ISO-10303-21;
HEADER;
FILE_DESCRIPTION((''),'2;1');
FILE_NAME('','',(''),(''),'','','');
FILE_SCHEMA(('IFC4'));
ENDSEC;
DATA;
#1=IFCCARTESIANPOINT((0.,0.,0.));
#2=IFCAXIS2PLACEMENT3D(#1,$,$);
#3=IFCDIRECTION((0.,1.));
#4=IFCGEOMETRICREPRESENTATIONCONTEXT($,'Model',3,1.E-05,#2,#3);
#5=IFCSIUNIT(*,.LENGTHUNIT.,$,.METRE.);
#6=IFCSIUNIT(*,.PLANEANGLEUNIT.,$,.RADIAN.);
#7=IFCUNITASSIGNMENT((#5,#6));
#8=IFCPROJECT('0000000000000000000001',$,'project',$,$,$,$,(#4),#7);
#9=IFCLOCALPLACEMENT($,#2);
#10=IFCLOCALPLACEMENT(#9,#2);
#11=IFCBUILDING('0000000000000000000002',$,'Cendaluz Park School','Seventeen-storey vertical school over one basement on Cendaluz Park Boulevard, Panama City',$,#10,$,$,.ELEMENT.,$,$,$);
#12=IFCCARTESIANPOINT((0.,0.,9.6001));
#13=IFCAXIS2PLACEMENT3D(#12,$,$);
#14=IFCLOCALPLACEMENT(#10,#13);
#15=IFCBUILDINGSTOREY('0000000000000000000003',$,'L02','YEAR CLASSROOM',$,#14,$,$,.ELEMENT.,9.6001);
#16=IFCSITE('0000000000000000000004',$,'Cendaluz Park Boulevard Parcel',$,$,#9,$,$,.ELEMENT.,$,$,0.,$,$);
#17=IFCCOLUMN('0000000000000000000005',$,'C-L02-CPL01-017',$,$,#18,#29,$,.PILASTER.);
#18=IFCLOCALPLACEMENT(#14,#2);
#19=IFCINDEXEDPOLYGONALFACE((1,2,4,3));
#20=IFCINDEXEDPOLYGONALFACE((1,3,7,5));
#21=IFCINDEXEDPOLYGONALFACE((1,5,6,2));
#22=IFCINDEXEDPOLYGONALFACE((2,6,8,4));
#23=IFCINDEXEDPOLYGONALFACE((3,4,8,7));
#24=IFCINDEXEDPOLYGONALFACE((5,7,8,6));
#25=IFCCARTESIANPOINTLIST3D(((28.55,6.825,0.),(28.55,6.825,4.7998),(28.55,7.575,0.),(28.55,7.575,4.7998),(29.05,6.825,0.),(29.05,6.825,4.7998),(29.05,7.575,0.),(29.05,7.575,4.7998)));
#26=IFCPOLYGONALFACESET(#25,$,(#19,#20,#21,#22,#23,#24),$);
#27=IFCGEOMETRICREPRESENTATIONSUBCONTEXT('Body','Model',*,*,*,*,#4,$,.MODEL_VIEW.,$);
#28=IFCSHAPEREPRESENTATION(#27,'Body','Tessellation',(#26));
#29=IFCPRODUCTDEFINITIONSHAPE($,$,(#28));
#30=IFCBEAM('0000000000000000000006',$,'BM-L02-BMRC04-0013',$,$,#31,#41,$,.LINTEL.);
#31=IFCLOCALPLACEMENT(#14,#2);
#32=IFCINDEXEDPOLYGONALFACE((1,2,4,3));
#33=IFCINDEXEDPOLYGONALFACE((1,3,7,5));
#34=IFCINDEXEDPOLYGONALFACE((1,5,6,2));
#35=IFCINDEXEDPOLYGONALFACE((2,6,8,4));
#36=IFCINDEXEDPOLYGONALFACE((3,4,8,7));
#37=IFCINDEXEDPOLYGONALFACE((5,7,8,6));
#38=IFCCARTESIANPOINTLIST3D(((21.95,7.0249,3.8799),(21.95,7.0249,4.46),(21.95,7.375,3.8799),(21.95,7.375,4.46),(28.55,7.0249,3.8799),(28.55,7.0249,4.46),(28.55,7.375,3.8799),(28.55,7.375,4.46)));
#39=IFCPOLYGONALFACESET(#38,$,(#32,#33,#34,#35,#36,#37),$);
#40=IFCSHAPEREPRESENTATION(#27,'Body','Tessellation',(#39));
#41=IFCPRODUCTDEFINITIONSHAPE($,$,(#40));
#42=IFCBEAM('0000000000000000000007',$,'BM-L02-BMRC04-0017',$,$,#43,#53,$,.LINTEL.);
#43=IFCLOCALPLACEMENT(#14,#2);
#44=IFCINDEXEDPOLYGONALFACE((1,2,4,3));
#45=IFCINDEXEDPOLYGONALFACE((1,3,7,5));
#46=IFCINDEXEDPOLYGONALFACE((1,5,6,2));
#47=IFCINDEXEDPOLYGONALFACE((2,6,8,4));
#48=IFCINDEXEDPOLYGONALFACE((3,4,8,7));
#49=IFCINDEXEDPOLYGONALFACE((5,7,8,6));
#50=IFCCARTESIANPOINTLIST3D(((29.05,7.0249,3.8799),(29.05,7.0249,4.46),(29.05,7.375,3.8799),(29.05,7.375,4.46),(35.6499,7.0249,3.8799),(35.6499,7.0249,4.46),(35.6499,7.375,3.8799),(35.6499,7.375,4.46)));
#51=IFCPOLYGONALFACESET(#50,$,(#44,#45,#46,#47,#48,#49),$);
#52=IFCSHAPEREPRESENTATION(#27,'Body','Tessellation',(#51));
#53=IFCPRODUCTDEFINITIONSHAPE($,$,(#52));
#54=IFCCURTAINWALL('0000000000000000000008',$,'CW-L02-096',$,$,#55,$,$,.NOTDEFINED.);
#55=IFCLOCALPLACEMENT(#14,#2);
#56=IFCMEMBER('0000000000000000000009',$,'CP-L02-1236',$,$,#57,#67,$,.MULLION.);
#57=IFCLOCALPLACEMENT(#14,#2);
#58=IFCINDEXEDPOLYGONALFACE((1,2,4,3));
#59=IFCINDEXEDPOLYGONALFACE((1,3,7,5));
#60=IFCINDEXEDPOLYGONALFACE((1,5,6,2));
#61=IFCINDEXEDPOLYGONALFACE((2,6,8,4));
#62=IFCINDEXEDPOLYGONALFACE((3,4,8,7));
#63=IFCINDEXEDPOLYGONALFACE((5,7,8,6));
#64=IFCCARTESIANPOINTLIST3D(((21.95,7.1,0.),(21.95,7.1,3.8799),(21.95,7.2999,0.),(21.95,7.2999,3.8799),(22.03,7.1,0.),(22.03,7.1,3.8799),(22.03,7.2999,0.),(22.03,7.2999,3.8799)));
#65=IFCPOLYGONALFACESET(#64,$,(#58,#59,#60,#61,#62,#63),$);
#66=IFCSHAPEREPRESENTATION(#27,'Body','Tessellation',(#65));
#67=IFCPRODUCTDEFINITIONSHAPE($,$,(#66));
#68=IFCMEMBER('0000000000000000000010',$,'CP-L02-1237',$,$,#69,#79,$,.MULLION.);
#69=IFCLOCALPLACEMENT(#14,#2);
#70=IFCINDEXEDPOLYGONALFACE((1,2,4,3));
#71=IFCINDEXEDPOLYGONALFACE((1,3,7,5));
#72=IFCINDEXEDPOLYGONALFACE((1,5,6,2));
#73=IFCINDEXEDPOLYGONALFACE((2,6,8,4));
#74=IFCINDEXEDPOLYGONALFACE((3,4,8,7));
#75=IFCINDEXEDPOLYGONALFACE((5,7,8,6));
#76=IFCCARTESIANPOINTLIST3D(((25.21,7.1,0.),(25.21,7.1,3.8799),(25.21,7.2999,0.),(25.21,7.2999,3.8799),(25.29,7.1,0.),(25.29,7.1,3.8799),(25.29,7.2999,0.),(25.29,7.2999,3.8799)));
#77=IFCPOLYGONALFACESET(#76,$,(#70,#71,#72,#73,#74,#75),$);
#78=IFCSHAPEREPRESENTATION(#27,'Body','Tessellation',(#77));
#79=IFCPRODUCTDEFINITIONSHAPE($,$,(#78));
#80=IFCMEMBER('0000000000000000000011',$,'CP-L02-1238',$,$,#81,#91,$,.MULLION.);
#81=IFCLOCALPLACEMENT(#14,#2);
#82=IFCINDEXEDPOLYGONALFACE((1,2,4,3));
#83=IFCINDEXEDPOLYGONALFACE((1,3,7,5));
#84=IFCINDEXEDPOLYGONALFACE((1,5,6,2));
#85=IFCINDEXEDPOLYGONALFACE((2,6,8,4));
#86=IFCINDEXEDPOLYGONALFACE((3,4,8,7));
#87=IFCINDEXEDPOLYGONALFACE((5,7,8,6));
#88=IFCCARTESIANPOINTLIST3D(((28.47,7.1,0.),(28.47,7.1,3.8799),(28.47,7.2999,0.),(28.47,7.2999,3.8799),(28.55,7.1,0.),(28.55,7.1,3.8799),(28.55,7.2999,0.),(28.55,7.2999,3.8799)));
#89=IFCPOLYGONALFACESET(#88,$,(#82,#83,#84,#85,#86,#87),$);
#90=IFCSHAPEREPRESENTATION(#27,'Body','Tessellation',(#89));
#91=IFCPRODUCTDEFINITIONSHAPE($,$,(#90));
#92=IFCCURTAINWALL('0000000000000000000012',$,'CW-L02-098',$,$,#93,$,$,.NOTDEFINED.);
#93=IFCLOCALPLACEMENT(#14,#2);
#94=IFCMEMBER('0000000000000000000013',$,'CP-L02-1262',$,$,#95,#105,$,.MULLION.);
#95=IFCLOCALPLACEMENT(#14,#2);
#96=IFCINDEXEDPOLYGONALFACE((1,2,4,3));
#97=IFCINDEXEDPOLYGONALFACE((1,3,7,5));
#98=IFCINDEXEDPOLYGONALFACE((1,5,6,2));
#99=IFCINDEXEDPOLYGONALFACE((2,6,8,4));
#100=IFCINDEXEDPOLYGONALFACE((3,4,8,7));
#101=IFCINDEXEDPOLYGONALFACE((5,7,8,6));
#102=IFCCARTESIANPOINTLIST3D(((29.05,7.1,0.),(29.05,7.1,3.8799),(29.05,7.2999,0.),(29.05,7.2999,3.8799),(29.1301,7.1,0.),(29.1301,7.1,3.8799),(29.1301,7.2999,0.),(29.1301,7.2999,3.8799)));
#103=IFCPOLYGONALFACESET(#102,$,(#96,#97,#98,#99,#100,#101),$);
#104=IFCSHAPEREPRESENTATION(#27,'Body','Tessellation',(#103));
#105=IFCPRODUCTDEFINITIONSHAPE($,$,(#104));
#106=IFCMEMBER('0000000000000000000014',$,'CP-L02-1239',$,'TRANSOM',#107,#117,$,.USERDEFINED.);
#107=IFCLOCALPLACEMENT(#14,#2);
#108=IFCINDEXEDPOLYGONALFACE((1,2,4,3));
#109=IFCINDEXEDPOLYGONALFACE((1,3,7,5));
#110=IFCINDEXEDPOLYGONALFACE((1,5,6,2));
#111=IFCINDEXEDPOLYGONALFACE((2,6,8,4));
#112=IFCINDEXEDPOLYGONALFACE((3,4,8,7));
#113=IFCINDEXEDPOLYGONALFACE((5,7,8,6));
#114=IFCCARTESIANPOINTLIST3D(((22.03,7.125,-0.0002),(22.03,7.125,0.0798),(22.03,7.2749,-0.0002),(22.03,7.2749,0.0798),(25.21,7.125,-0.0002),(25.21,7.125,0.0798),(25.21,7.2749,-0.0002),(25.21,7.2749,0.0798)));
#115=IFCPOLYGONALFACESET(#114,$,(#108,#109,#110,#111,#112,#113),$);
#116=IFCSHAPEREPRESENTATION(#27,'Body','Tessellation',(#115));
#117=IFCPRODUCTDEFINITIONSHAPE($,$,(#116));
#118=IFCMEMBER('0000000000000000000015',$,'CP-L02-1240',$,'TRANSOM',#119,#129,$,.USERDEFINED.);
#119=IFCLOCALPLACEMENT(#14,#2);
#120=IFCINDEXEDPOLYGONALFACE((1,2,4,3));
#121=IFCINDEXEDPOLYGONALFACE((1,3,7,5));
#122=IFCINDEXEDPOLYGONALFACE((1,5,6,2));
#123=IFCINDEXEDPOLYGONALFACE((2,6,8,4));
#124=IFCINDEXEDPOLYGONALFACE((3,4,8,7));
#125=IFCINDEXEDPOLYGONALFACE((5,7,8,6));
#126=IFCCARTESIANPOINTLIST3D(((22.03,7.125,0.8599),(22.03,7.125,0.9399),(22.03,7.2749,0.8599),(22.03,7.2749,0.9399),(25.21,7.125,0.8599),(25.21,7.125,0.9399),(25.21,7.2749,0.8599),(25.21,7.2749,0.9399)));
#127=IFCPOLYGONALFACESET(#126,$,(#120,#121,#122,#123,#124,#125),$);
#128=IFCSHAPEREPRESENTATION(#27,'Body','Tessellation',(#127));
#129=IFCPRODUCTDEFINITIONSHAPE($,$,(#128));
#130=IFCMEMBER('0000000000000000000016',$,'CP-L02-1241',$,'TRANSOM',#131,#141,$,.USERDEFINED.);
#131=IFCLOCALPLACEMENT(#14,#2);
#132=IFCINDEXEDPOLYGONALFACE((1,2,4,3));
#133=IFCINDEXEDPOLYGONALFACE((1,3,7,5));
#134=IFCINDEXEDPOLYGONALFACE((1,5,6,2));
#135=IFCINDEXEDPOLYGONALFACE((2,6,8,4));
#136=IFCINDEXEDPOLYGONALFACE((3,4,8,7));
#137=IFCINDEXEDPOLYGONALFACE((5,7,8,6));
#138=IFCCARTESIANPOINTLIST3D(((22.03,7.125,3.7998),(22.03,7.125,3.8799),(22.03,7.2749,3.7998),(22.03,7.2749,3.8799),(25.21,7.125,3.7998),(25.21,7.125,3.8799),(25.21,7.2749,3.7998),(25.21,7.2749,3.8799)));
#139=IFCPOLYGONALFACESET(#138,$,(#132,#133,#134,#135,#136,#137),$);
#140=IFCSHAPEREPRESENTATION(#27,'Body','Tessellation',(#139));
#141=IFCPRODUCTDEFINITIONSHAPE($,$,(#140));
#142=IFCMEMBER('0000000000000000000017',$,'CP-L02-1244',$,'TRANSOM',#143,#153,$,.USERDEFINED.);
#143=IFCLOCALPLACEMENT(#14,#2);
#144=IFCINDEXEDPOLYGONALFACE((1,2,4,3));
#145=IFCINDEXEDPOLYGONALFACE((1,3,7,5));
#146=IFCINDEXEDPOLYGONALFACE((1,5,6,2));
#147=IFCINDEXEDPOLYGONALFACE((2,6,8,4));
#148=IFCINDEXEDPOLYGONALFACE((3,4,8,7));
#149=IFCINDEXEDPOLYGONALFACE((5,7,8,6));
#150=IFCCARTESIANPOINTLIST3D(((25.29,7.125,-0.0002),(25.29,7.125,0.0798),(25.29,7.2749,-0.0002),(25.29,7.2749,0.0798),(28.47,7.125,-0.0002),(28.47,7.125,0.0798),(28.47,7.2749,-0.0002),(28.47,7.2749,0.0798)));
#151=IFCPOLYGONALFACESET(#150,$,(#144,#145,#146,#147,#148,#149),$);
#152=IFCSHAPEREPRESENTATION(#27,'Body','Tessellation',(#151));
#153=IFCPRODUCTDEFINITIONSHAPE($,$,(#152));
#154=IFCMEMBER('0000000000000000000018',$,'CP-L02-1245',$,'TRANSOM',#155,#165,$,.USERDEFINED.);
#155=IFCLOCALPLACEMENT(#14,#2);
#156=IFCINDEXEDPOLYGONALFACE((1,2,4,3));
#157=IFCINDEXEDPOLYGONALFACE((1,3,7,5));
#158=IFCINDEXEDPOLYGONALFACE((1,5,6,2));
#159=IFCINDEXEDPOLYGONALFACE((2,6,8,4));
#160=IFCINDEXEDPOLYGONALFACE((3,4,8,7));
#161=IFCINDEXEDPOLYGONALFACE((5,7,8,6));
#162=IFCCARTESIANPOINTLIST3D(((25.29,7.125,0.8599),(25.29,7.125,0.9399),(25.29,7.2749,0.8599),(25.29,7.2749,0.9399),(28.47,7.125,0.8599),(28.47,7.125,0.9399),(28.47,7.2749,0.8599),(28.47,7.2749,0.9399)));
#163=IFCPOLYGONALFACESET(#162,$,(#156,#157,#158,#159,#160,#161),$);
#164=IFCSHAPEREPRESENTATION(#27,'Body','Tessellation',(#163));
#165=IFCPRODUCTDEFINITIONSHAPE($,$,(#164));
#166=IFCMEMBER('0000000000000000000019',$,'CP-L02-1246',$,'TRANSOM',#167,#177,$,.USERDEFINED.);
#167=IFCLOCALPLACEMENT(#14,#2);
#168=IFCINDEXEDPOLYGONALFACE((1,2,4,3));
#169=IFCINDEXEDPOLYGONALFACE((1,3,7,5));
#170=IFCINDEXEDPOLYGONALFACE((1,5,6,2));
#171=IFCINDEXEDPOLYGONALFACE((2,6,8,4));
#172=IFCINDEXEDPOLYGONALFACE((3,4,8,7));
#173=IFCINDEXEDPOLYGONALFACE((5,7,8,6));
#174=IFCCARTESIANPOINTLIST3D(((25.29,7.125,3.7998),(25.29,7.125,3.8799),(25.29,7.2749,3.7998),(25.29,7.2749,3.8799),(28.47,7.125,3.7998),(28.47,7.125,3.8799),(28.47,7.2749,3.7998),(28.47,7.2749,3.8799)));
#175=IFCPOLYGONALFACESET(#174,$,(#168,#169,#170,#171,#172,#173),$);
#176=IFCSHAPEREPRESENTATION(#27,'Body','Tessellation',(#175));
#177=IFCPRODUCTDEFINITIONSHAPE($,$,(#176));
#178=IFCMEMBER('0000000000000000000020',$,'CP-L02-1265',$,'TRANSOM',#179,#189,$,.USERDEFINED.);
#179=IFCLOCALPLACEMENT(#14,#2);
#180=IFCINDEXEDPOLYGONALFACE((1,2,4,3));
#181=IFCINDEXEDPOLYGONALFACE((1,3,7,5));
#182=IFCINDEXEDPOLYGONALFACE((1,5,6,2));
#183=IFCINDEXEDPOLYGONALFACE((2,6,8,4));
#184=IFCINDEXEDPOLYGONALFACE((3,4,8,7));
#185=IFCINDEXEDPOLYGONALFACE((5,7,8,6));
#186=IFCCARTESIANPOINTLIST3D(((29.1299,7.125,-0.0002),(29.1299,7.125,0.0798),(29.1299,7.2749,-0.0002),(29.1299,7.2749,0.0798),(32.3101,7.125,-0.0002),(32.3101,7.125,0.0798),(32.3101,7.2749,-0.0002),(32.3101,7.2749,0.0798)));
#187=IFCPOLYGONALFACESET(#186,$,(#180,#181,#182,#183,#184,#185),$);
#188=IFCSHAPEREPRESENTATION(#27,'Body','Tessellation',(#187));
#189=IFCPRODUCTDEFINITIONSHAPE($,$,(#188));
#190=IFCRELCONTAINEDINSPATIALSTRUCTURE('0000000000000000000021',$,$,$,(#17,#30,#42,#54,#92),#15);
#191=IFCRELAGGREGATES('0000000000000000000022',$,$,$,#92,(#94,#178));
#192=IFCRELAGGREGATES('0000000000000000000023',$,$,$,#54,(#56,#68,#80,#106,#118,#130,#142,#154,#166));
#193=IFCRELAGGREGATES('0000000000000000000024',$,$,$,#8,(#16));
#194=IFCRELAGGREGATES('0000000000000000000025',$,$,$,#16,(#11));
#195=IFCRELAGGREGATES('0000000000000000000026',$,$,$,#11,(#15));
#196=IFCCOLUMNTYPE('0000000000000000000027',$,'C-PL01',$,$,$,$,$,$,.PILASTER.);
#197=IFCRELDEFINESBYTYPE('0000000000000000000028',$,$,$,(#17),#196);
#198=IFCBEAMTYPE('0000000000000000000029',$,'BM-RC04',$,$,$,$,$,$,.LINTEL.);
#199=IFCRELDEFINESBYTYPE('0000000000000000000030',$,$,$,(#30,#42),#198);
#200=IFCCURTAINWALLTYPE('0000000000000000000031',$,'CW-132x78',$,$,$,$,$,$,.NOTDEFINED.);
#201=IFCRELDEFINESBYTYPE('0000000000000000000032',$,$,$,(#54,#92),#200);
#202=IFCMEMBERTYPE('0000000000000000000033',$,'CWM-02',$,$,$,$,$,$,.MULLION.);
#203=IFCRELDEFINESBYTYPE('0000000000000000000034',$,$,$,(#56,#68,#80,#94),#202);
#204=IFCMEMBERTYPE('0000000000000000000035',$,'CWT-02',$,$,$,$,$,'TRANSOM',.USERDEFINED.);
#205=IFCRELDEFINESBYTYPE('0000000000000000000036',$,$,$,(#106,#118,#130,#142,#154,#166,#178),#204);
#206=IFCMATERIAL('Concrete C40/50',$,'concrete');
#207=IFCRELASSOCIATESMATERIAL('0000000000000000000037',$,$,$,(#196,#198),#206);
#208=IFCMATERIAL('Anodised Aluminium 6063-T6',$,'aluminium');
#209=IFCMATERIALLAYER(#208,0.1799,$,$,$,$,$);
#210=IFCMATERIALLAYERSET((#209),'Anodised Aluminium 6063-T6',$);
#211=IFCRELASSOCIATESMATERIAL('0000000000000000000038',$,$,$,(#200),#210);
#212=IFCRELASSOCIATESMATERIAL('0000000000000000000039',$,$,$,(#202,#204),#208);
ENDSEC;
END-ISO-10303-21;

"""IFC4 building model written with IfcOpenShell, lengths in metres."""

from ifc_helpers import new_model, si_unit, direction, frame, origin, origin_2d, place, context, subcontext, project, spatial, rectangle, extrude, material, layer, layer_set, material_profile, profile_set, type_object, element, aggregate, save


model = new_model("IFC4")

# Units and contexts
model_context = context("Model", 3, precision=1e-05, world=origin(), true_north=direction((0.0, 1.0)))
body_context = subcontext(model_context, "Body", "Model", "MODEL_VIEW")
ifc_project = project(units=[si_unit("LENGTHUNIT", "METRE"), si_unit("PLANEANGLEUNIT", "RADIAN")], contexts=[model_context])

# Site, building, storey
site_placement = place(None, origin())
site = spatial("IfcSite", under=ifc_project, at=site_placement, Name="Cendaluz Park Boulevard Parcel", CompositionType="ELEMENT", RefElevation=0.0)
building_placement = place(site_placement, origin())
building = spatial("IfcBuilding", under=site, at=building_placement, Name="Cendaluz Park School", Description="Seventeen-storey vertical school over one basement on Cendaluz Park Boulevard, Panama City", CompositionType="ELEMENT")
storey_placement = place(building_placement, frame((0.0, 0.0, 9.6001)))
storey = spatial("IfcBuildingStorey", under=building, at=storey_placement, Name="L02", Description="YEAR CLASSROOM", CompositionType="ELEMENT", Elevation=9.6001)

# Column
ifc_material_1 = material(Name="Concrete C40/50", Category="concrete")
ifc_material_profile_1 = material_profile(ifc_material_1, rectangle(XDim=0.5, YDim=0.75, at=origin_2d()), Name="RC 500x750", Category="concrete")
ifc_profile_set_1 = profile_set([ifc_material_profile_1], Name="Concrete C40/50")
column_type = type_object("IfcColumnType", Name="C-PL01", PredefinedType="PILASTER", material=ifc_profile_set_1)
column_placement = place(storey_placement, frame((28.8, 7.2, 0.0), z_axis=(0.0, 0.0, 1.0), x_axis=(1.0, 0.0, 0.0)))
element("IfcColumn", 1, at=column_placement, inside=storey, type_object=column_type, Name="C-L02-CPL01-017", PredefinedType="PILASTER", context=body_context, shape_type="SweptSolid", body=[
    extrude(rectangle(XDim=0.5, YDim=0.75, at=origin_2d()), origin(), (0.0, 0.0, 1.0), 4.7998),
])

# Beams
ifc_material_profile_2 = material_profile(ifc_material_1, rectangle(XDim=0.3501, YDim=0.5801, at=origin_2d()), Name="RC 350x580", Category="concrete")
ifc_profile_set_2 = profile_set([ifc_material_profile_2], Name="Concrete C40/50")
beam_type = type_object("IfcBeamType", Name="BM-RC04", PredefinedType="LINTEL", material=ifc_profile_set_2)
beam_1_placement = place(storey_placement, frame((21.95, 7.2, 4.1699), z_axis=(1.0, 0.0, 0.0), x_axis=(0.0, 1.0, 0.0)))
element("IfcBeam", 2, at=beam_1_placement, inside=storey, type_object=beam_type, Name="BM-L02-BMRC04-0013", PredefinedType="LINTEL", context=body_context, shape_type="SweptSolid", body=[
    extrude(rectangle(XDim=0.3501, YDim=0.5801, at=origin_2d()), origin(), (0.0, 0.0, 1.0), 6.6001),
])
beam_2_placement = place(storey_placement, frame((29.05, 7.2, 4.1699), z_axis=(1.0, 0.0, 0.0), x_axis=(0.0, 1.0, 0.0)))
element("IfcBeam", 3, at=beam_2_placement, inside=storey, type_object=beam_type, Name="BM-L02-BMRC04-0017", PredefinedType="LINTEL", context=body_context, shape_type="SweptSolid", body=[
    extrude(rectangle(XDim=0.3501, YDim=0.5801, at=origin_2d()), origin(), (0.0, 0.0, 1.0), 6.5999),
])

# Curtain wall, members
ifc_material_2 = material(Name="Anodised Aluminium 6063-T6", Category="aluminium")
ifc_layer_1 = layer(ifc_material_2, 0.1799)
ifc_layer_set_1 = layer_set([ifc_layer_1], Name="Anodised Aluminium 6063-T6")
curtain_wall_type = type_object("IfcCurtainWallType", Name="CW-132x78", PredefinedType="NOTDEFINED", material=ifc_layer_set_1)
curtain_wall_1_placement = place(storey_placement, origin())
curtain_wall_1 = element("IfcCurtainWall", 4, at=curtain_wall_1_placement, inside=storey, type_object=curtain_wall_type, Name="CW-L02-096", PredefinedType="NOTDEFINED")
ifc_material_profile_3 = material_profile(ifc_material_2, rectangle(XDim=0.2, YDim=0.0801, at=origin_2d()), Name="CWM 200x80", Category="aluminium")
ifc_profile_set_3 = profile_set([ifc_material_profile_3], Name="Anodised Aluminium 6063-T6")
member_type_1 = type_object("IfcMemberType", Name="CWM-02", PredefinedType="MULLION", material=ifc_profile_set_3)
member_1_placement = place(storey_placement, frame((21.99, 7.2, 0.0), z_axis=(0.0, 0.0, 1.0), x_axis=(0.0, 1.0, 0.0)))
member_1 = element("IfcMember", 5, at=member_1_placement, type_object=member_type_1, Name="CP-L02-1236", PredefinedType="MULLION", context=body_context, shape_type="SweptSolid", body=[
    extrude(rectangle(XDim=0.2, YDim=0.0801, at=origin_2d()), origin(), (0.0, 0.0, 1.0), 3.8799),
])
member_2_placement = place(storey_placement, frame((25.25, 7.2, 0.0), z_axis=(0.0, 0.0, 1.0), x_axis=(0.0, 1.0, 0.0)))
member_2 = element("IfcMember", 6, at=member_2_placement, type_object=member_type_1, Name="CP-L02-1237", PredefinedType="MULLION", context=body_context, shape_type="SweptSolid", body=[
    extrude(rectangle(XDim=0.2, YDim=0.0801, at=origin_2d()), origin(), (0.0, 0.0, 1.0), 3.8799),
])
member_3_placement = place(storey_placement, frame((28.51, 7.2, 0.0), z_axis=(0.0, 0.0, 1.0), x_axis=(0.0, 1.0, 0.0)))
member_3 = element("IfcMember", 7, at=member_3_placement, type_object=member_type_1, Name="CP-L02-1238", PredefinedType="MULLION", context=body_context, shape_type="SweptSolid", body=[
    extrude(rectangle(XDim=0.2, YDim=0.0801, at=origin_2d()), origin(), (0.0, 0.0, 1.0), 3.8799),
])

# Curtain wall, member
curtain_wall_2_placement = place(storey_placement, origin())
curtain_wall_2 = element("IfcCurtainWall", 8, at=curtain_wall_2_placement, inside=storey, type_object=curtain_wall_type, Name="CW-L02-098", PredefinedType="NOTDEFINED")
member_4_placement = place(storey_placement, frame((29.0901, 7.2, 0.0), z_axis=(0.0, 0.0, 1.0), x_axis=(0.0, 1.0, 0.0)))
member_4 = element("IfcMember", 9, at=member_4_placement, type_object=member_type_1, Name="CP-L02-1262", PredefinedType="MULLION", context=body_context, shape_type="SweptSolid", body=[
    extrude(rectangle(XDim=0.2, YDim=0.0801, at=origin_2d()), origin(), (0.0, 0.0, 1.0), 3.8799),
])

# Members
ifc_material_profile_4 = material_profile(ifc_material_2, rectangle(XDim=0.1499, YDim=0.0801, at=origin_2d()), Name="CWT 150x80", Category="aluminium")
ifc_profile_set_4 = profile_set([ifc_material_profile_4], Name="Anodised Aluminium 6063-T6")
member_type_2 = type_object("IfcMemberType", Name="CWT-02", ElementType="TRANSOM", PredefinedType="USERDEFINED", material=ifc_profile_set_4)
member_5_placement = place(storey_placement, frame((22.03, 7.2, 0.0398), z_axis=(1.0, 0.0, 0.0), x_axis=(0.0, 1.0, 0.0)))
member_5 = element("IfcMember", 10, at=member_5_placement, type_object=member_type_2, Name="CP-L02-1239", ObjectType="TRANSOM", PredefinedType="USERDEFINED", context=body_context, shape_type="SweptSolid", body=[
    extrude(rectangle(XDim=0.1499, YDim=0.0801, at=origin_2d()), origin(), (0.0, 0.0, 1.0), 3.1799),
])
member_6_placement = place(storey_placement, frame((22.03, 7.2, 0.8999), z_axis=(1.0, 0.0, 0.0), x_axis=(0.0, 1.0, 0.0)))
member_6 = element("IfcMember", 11, at=member_6_placement, type_object=member_type_2, Name="CP-L02-1240", ObjectType="TRANSOM", PredefinedType="USERDEFINED", context=body_context, shape_type="SweptSolid", body=[
    extrude(rectangle(XDim=0.1499, YDim=0.0801, at=origin_2d()), origin(), (0.0, 0.0, 1.0), 3.1799),
])
member_7_placement = place(storey_placement, frame((22.03, 7.2, 3.8398), z_axis=(1.0, 0.0, 0.0), x_axis=(0.0, 1.0, 0.0)))
member_7 = element("IfcMember", 12, at=member_7_placement, type_object=member_type_2, Name="CP-L02-1241", ObjectType="TRANSOM", PredefinedType="USERDEFINED", context=body_context, shape_type="SweptSolid", body=[
    extrude(rectangle(XDim=0.1499, YDim=0.0801, at=origin_2d()), origin(), (0.0, 0.0, 1.0), 3.1799),
])
member_8_placement = place(storey_placement, frame((25.29, 7.2, 0.0398), z_axis=(1.0, 0.0, 0.0), x_axis=(0.0, 1.0, 0.0)))
member_8 = element("IfcMember", 13, at=member_8_placement, type_object=member_type_2, Name="CP-L02-1244", ObjectType="TRANSOM", PredefinedType="USERDEFINED", context=body_context, shape_type="SweptSolid", body=[
    extrude(rectangle(XDim=0.1499, YDim=0.0801, at=origin_2d()), origin(), (0.0, 0.0, 1.0), 3.1799),
])
member_9_placement = place(storey_placement, frame((25.29, 7.2, 0.8999), z_axis=(1.0, 0.0, 0.0), x_axis=(0.0, 1.0, 0.0)))
member_9 = element("IfcMember", 14, at=member_9_placement, type_object=member_type_2, Name="CP-L02-1245", ObjectType="TRANSOM", PredefinedType="USERDEFINED", context=body_context, shape_type="SweptSolid", body=[
    extrude(rectangle(XDim=0.1499, YDim=0.0801, at=origin_2d()), origin(), (0.0, 0.0, 1.0), 3.1799),
])
member_10_placement = place(storey_placement, frame((25.29, 7.2, 3.8398), z_axis=(1.0, 0.0, 0.0), x_axis=(0.0, 1.0, 0.0)))
member_10 = element("IfcMember", 15, at=member_10_placement, type_object=member_type_2, Name="CP-L02-1246", ObjectType="TRANSOM", PredefinedType="USERDEFINED", context=body_context, shape_type="SweptSolid", body=[
    extrude(rectangle(XDim=0.1499, YDim=0.0801, at=origin_2d()), origin(), (0.0, 0.0, 1.0), 3.1799),
])
member_11_placement = place(storey_placement, frame((29.1299, 7.2, 0.0398), z_axis=(1.0, 0.0, 0.0), x_axis=(0.0, 1.0, 0.0)))
member_11 = element("IfcMember", 16, at=member_11_placement, type_object=member_type_2, Name="CP-L02-1265", ObjectType="TRANSOM", PredefinedType="USERDEFINED", context=body_context, shape_type="SweptSolid", body=[
    extrude(rectangle(XDim=0.1499, YDim=0.0801, at=origin_2d()), origin(), (0.0, 0.0, 1.0), 3.1802),
])
aggregate(curtain_wall_2, [member_4, member_11])

aggregate(curtain_wall_1, [member_1, member_2, member_3, member_5, member_6, member_7, member_8, member_9, member_10])

save(model, "model.ifc")
